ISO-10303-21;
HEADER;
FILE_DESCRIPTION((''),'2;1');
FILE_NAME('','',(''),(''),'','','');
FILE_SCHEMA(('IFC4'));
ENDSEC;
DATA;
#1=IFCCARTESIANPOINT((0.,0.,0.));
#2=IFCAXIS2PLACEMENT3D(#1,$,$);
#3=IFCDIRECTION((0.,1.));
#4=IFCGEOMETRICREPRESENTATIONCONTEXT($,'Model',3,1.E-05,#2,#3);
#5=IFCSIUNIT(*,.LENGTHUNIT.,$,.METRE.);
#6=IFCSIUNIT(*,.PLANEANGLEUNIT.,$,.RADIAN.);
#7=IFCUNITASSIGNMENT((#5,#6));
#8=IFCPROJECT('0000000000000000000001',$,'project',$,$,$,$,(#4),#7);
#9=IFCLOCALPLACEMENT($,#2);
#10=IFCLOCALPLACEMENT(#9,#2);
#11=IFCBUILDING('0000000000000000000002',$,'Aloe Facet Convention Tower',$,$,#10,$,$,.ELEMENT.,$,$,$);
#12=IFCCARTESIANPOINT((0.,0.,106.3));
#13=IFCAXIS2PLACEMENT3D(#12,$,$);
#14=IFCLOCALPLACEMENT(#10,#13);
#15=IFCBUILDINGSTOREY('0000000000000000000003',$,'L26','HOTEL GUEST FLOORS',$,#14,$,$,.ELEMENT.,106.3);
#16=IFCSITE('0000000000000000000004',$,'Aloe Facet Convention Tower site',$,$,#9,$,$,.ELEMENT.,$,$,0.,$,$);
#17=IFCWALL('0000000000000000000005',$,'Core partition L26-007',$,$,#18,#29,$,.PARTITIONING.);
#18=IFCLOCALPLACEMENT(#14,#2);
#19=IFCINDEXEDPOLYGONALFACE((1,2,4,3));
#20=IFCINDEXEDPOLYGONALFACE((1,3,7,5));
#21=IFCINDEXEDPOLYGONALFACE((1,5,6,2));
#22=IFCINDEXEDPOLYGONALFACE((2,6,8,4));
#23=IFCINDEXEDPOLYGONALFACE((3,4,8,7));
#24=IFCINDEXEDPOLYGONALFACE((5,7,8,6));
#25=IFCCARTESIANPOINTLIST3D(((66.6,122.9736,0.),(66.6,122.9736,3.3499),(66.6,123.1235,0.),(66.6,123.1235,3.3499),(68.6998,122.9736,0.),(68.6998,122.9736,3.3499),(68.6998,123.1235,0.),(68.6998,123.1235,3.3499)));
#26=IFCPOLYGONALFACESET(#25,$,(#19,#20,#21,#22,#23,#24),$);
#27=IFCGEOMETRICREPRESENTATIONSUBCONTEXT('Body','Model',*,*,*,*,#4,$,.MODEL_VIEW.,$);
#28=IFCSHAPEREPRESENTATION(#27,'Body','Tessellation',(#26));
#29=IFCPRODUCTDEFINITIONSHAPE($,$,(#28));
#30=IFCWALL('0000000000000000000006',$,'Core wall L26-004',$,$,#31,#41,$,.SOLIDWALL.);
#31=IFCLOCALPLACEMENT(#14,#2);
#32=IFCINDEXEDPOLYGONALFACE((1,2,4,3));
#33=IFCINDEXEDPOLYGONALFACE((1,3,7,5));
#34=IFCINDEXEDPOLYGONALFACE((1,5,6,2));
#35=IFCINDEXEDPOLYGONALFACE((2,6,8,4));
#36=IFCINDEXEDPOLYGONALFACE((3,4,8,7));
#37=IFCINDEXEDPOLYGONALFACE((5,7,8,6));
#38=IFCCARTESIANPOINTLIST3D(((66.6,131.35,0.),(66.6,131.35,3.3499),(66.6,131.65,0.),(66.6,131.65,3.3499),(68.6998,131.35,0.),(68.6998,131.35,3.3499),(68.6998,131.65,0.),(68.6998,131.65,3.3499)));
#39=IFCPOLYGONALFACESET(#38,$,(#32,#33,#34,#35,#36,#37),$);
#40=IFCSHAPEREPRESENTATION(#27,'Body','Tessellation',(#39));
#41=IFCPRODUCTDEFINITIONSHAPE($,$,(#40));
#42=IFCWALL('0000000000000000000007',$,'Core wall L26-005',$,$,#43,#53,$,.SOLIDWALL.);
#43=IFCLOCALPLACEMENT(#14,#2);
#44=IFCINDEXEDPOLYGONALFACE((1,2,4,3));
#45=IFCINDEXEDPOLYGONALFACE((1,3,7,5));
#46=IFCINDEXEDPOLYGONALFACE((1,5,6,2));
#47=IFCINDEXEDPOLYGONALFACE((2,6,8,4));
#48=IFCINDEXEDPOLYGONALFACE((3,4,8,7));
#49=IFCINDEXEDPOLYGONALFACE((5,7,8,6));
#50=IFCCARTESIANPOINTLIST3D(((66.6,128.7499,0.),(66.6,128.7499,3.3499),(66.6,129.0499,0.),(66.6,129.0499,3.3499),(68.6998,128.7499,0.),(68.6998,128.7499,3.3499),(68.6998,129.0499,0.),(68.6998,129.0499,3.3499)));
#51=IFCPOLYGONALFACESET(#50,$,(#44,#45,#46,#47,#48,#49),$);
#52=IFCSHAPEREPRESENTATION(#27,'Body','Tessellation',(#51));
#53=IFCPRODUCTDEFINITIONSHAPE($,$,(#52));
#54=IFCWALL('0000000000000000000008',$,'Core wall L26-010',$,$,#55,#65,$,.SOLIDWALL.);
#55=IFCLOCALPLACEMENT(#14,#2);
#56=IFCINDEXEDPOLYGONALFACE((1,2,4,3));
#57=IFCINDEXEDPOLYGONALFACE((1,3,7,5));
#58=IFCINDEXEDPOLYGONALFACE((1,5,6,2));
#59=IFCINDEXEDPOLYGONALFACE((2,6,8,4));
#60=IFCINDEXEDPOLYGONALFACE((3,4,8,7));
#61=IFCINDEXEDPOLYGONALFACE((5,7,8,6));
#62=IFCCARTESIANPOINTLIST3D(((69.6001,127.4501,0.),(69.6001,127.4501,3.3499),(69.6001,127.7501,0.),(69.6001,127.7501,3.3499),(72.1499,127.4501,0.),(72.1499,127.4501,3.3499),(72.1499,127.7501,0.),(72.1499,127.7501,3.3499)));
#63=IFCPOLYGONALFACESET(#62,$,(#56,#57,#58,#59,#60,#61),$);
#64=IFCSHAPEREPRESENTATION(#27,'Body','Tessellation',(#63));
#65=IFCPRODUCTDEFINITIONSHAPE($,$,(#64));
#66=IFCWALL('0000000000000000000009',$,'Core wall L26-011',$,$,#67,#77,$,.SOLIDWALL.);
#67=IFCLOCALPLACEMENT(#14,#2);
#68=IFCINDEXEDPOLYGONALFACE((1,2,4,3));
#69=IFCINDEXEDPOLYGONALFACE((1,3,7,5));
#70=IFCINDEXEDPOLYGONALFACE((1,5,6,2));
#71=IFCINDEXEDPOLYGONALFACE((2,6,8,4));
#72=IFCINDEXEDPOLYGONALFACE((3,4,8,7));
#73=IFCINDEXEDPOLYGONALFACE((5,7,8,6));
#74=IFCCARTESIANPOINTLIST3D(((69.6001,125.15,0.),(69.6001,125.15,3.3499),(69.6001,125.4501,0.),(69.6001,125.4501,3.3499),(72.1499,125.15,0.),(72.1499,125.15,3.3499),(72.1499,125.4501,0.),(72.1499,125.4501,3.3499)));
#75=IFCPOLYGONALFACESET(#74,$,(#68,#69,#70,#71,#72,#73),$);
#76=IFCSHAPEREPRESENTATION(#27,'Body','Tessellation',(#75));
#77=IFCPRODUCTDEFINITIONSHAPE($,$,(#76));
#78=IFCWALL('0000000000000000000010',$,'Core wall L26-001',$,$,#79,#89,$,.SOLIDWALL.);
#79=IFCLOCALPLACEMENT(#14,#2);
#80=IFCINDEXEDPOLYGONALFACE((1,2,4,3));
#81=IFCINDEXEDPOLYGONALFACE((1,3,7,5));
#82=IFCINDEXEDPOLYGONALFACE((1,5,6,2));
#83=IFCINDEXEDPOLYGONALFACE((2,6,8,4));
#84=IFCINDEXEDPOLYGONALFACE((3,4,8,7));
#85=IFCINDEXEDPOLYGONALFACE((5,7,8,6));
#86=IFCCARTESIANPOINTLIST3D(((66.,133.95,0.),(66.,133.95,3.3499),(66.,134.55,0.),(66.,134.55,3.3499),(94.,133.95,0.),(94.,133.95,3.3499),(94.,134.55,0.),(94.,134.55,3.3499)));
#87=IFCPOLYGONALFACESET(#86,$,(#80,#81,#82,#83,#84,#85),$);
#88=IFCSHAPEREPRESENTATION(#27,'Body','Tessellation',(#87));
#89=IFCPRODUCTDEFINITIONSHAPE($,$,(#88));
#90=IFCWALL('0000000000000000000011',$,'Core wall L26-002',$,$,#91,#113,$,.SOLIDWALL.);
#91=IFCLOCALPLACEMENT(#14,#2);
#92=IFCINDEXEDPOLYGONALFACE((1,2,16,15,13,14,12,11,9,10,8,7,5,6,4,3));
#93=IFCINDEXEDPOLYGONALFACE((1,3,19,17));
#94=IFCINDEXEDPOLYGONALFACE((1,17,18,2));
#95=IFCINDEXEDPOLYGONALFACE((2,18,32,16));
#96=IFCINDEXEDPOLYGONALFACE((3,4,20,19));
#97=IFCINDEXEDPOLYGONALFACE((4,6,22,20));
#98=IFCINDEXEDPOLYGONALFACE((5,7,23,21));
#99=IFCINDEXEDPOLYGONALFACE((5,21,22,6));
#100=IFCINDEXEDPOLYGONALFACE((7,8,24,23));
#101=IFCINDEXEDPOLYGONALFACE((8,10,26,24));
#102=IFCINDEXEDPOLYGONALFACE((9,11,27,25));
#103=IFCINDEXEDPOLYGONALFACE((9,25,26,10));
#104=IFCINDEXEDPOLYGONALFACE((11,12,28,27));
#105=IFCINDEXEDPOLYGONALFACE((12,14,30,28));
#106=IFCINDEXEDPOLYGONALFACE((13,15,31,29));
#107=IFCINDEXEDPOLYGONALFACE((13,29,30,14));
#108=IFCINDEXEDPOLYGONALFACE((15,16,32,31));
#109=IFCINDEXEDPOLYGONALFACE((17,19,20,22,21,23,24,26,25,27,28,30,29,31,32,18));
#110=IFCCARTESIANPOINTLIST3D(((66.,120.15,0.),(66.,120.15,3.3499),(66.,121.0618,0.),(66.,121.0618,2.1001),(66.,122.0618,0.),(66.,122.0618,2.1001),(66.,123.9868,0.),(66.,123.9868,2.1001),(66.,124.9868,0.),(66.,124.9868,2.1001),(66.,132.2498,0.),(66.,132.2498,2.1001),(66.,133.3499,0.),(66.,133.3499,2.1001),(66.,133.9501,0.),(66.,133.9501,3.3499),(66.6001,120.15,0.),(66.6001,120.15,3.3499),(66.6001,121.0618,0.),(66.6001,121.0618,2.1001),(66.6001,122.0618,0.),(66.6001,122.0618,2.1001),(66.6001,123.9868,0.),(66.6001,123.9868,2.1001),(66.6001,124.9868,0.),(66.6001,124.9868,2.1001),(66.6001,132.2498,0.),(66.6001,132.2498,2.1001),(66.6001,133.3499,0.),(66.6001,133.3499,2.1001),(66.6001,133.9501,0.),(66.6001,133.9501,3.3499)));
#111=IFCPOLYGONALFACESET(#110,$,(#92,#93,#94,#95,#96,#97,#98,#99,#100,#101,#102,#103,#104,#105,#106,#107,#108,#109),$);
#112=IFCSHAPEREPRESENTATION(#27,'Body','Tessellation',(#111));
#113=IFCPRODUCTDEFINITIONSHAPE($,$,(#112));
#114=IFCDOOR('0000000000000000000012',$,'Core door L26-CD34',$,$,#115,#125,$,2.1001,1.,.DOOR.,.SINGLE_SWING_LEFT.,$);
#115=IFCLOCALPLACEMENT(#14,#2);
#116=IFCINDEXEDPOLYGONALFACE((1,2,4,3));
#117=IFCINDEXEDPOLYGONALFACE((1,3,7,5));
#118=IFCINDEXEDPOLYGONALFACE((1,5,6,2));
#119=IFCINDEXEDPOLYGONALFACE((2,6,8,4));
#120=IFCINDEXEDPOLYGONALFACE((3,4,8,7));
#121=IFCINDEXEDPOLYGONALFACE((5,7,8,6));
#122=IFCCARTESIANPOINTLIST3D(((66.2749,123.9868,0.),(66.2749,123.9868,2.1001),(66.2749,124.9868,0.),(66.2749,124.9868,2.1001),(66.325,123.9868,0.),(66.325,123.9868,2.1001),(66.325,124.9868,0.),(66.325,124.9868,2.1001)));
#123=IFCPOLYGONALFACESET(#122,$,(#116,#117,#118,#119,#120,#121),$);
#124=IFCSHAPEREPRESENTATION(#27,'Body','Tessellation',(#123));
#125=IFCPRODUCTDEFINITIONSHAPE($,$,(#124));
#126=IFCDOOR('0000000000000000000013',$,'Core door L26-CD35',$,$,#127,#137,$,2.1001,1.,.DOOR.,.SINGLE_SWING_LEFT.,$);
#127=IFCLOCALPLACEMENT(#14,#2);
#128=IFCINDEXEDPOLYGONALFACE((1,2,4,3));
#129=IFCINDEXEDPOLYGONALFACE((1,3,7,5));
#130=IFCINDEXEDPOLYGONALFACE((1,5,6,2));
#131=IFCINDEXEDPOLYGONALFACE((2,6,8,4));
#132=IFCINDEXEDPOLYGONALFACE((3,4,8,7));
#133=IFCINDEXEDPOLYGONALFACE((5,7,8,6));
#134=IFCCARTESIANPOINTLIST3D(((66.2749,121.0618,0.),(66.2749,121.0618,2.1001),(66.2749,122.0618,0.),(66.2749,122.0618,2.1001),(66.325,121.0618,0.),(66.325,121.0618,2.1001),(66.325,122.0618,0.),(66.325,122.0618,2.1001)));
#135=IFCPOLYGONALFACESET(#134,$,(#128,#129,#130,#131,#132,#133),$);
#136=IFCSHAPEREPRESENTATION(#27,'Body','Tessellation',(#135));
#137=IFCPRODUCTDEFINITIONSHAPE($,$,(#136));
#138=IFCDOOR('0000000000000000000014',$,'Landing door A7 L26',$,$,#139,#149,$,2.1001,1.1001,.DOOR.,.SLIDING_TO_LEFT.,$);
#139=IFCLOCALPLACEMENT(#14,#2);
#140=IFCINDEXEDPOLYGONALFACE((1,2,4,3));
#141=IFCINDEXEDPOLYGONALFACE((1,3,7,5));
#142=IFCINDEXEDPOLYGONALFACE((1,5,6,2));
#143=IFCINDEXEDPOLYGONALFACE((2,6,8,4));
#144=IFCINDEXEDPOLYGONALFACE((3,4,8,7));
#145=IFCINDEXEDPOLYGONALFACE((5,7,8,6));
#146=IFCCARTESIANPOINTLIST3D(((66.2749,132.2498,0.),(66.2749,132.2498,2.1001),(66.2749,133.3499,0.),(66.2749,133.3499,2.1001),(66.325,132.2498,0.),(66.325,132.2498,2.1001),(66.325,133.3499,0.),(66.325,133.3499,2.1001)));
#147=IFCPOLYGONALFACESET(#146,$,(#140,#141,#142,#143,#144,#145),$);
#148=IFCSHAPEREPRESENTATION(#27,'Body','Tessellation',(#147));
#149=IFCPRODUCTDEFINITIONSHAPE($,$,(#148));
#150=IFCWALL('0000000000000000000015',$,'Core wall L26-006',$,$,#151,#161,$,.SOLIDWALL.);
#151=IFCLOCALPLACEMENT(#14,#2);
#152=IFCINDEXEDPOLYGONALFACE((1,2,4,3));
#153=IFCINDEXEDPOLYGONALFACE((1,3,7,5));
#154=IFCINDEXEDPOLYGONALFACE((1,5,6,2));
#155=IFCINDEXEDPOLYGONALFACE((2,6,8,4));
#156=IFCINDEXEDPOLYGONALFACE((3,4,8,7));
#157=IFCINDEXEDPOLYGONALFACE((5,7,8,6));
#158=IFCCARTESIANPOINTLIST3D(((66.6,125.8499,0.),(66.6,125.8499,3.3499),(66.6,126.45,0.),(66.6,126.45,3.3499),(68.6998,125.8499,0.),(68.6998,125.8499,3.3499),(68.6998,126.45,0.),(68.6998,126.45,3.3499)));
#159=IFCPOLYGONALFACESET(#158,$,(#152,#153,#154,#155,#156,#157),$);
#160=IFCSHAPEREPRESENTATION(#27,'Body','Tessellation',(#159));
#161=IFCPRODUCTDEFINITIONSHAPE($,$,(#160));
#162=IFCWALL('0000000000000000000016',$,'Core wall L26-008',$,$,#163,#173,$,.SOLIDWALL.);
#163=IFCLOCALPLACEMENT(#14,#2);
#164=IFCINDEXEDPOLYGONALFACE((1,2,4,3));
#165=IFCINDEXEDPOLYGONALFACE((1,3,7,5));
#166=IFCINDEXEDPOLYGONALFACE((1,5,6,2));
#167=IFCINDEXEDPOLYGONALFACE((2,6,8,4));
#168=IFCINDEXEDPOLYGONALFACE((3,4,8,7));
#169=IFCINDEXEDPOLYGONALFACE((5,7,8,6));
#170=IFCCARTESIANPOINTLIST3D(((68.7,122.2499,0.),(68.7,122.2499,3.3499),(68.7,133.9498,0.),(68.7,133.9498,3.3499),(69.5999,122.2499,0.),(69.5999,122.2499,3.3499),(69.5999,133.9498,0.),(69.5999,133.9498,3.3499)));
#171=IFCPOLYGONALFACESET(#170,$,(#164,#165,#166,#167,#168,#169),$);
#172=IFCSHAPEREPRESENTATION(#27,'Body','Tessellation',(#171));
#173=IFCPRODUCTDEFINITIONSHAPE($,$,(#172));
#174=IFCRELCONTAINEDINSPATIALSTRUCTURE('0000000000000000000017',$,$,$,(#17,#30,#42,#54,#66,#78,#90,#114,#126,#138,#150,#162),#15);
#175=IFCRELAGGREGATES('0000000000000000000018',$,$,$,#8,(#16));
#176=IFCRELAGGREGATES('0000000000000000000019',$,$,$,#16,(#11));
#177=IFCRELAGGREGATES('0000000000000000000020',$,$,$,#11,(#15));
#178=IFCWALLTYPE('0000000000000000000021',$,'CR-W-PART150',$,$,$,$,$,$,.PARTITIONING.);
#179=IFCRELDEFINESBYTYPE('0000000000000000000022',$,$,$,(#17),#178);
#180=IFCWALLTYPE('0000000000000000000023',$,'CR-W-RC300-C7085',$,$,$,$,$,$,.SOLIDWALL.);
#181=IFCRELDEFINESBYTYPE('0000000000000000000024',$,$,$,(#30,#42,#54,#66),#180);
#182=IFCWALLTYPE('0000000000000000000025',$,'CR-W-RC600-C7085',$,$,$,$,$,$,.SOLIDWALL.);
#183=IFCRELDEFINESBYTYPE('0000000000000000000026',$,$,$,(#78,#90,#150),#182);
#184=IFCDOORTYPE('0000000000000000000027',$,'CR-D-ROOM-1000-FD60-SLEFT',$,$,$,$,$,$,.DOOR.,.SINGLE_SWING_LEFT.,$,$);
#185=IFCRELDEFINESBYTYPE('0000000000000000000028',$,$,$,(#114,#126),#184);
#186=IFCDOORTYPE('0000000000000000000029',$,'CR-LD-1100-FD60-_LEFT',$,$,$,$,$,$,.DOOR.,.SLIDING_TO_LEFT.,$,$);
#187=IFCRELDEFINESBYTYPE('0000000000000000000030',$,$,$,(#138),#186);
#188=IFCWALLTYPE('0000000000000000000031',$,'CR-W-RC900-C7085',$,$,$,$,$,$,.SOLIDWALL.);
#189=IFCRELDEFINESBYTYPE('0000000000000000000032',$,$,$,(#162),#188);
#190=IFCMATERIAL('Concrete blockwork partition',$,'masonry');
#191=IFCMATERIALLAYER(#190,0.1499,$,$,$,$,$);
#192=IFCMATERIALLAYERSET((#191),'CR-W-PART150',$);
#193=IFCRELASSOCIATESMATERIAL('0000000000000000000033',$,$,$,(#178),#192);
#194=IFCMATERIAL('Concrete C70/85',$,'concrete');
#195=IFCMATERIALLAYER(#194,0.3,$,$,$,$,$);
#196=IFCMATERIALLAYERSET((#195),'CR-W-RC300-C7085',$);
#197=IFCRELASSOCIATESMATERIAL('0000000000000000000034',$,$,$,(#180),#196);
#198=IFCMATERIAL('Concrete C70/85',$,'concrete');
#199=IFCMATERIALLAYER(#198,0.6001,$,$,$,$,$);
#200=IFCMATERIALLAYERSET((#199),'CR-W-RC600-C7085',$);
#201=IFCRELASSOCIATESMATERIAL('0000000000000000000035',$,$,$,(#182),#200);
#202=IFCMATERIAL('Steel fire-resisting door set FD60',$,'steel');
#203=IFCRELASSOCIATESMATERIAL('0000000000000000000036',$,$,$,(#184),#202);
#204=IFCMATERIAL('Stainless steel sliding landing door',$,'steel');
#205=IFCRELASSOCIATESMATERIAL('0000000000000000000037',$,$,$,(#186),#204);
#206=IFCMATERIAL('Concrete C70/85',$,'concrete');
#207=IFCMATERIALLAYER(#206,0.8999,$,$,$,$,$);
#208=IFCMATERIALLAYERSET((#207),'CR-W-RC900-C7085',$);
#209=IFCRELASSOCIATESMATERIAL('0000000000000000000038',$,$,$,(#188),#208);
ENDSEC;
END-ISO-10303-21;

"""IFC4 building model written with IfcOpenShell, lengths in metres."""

from ifc_helpers import new_model, si_unit, direction, frame, frame_2d, origin, place, context, subcontext, project, spatial, rectangle, extrude, material, layer, layer_set, type_object, element, fill, save


model = new_model("IFC4")

# Units and contexts
model_context = context("Model", 3, precision=1e-05, world=origin(), true_north=direction((0.0, 1.0)))
body_context = subcontext(model_context, "Body", "Model", "MODEL_VIEW")
ifc_project = project(units=[si_unit("LENGTHUNIT", "METRE"), si_unit("PLANEANGLEUNIT", "RADIAN")], contexts=[model_context])

# Site, building, storey
site_placement = place(None, origin())
site = spatial("IfcSite", under=ifc_project, at=site_placement, Name="Aloe Facet Convention Tower site", CompositionType="ELEMENT", RefElevation=0.0)
building_placement = place(site_placement, origin())
building = spatial("IfcBuilding", under=site, at=building_placement, Name="Aloe Facet Convention Tower", CompositionType="ELEMENT")
storey_placement = place(building_placement, frame((0.0, 0.0, 106.3)))
storey = spatial("IfcBuildingStorey", under=building, at=storey_placement, Name="L26", Description="HOTEL GUEST FLOORS", CompositionType="ELEMENT", Elevation=106.3)

# Walls
ifc_material_1 = material(Name="Concrete blockwork partition", Category="masonry")
ifc_layer_1 = layer(ifc_material_1, 0.1499)
ifc_layer_set_1 = layer_set([ifc_layer_1], Name="CR-W-PART150")
wall_type_1 = type_object("IfcWallType", Name="CR-W-PART150", PredefinedType="PARTITIONING", material=ifc_layer_set_1)
wall_1_placement = place(storey_placement, frame((66.6001, 123.0486, 0.0), z_axis=(0.0, 0.0, 1.0), x_axis=(1.0, 0.0, 0.0)))
element("IfcWall", 1, at=wall_1_placement, inside=storey, type_object=wall_type_1, Name="Core partition L26-007", PredefinedType="PARTITIONING", context=body_context, shape_type="SweptSolid", body=[
    extrude(rectangle(XDim=2.0999, YDim=0.1499, at=frame_2d((1.0498, 0.0))), origin(), (0.0, 0.0, 1.0), 3.3499),
])
ifc_material_2 = material(Name="Concrete C70/85", Category="concrete")
ifc_layer_2 = layer(ifc_material_2, 0.3)
ifc_layer_set_2 = layer_set([ifc_layer_2], Name="CR-W-RC300-C7085")
wall_type_2 = type_object("IfcWallType", Name="CR-W-RC300-C7085", PredefinedType="SOLIDWALL", material=ifc_layer_set_2)
for number, where, z_axis, x_axis, name in (
    (2, (66.6001, 131.5, 0.0), (0.0, 0.0, 1.0), (1.0, 0.0, 0.0), "Core wall L26-004"),
    (3, (66.6001, 128.8999, 0.0), (0.0, 0.0, 1.0), (1.0, 0.0, 0.0), "Core wall L26-005"),
):
    element("IfcWall", number, at=place(storey_placement, frame(where, z_axis=z_axis, x_axis=x_axis)), inside=storey, type_object=wall_type_2, Name=name, PredefinedType="SOLIDWALL", context=body_context, shape_type="SweptSolid", body=[
        extrude(rectangle(XDim=2.0999, YDim=0.3, at=frame_2d((1.0498, 0.0))), origin(), (0.0, 0.0, 1.0), 3.3499),
    ])
for number, where, z_axis, x_axis, name in (
    (4, (69.6001, 127.6001, 0.0), (0.0, 0.0, 1.0), (1.0, 0.0, 0.0), "Core wall L26-010"),
    (5, (69.6001, 125.3, 0.0), (0.0, 0.0, 1.0), (1.0, 0.0, 0.0), "Core wall L26-011"),
):
    element("IfcWall", number, at=place(storey_placement, frame(where, z_axis=z_axis, x_axis=x_axis)), inside=storey, type_object=wall_type_2, Name=name, PredefinedType="SOLIDWALL", context=body_context, shape_type="SweptSolid", body=[
        extrude(rectangle(XDim=2.5498, YDim=0.3, at=frame_2d((1.2749, 0.0))), origin(), (0.0, 0.0, 1.0), 3.3499),
    ])
ifc_material_3 = material(Name="Concrete C70/85", Category="concrete")
ifc_layer_3 = layer(ifc_material_3, 0.6001)
ifc_layer_set_3 = layer_set([ifc_layer_3], Name="CR-W-RC600-C7085")
wall_type_3 = type_object("IfcWallType", Name="CR-W-RC600-C7085", PredefinedType="SOLIDWALL", material=ifc_layer_set_3)
wall_2_placement = place(storey_placement, frame((66.0, 134.25, 0.0), z_axis=(0.0, 0.0, 1.0), x_axis=(1.0, 0.0, 0.0)))
element("IfcWall", 6, at=wall_2_placement, inside=storey, type_object=wall_type_3, Name="Core wall L26-001", PredefinedType="SOLIDWALL", context=body_context, shape_type="SweptSolid", body=[
    extrude(rectangle(XDim=28.0, YDim=0.6001, at=frame_2d((14.0, 0.0))), origin(), (0.0, 0.0, 1.0), 3.3499),
])

# Wall, openings, doors
wall_3_placement = place(storey_placement, frame((66.3, 133.95, 0.0), z_axis=(0.0, 0.0, 1.0), x_axis=(0.0, -1.0, 0.0)))
wall_3 = element("IfcWall", 7, at=wall_3_placement, inside=storey, type_object=wall_type_3, Name="Core wall L26-002", PredefinedType="SOLIDWALL", context=body_context, shape_type="SweptSolid", body=[
    extrude(rectangle(XDim=13.8, YDim=0.6001, at=frame_2d((6.8999, 0.0))), origin(), (0.0, 0.0, 1.0), 3.3499),
])
opening_1_placement = place(wall_3_placement, frame((0.6001, 0.0, 0.0)))
opening_1 = element("IfcOpeningElement", 8, at=opening_1_placement, cuts=wall_3, PredefinedType="OPENING", context=body_context, shape_type="SweptSolid", body=[
    extrude(rectangle(XDim=1.1001, YDim=2.1001, at=frame_2d((0.55, 1.05))), frame((0.0, 0.3101, 0.0), z_axis=(0.0, -1.0, 0.0), x_axis=(1.0, 0.0, 0.0)), (0.0, 0.0, 1.0), 0.6201),
])
opening_2_placement = place(wall_3_placement, frame((8.9631, 0.0, 0.0)))
opening_2 = element("IfcOpeningElement", 9, at=opening_2_placement, cuts=wall_3, PredefinedType="OPENING", context=body_context, shape_type="SweptSolid", body=[
    extrude(rectangle(XDim=1.0, YDim=2.1001, at=frame_2d((0.5, 1.05))), frame((0.0, 0.3101, 0.0), z_axis=(0.0, -1.0, 0.0), x_axis=(1.0, 0.0, 0.0)), (0.0, 0.0, 1.0), 0.6201),
])
opening_3_placement = place(wall_3_placement, frame((11.8882, 0.0, 0.0)))
opening_3 = element("IfcOpeningElement", 10, at=opening_3_placement, cuts=wall_3, PredefinedType="OPENING", context=body_context, shape_type="SweptSolid", body=[
    extrude(rectangle(XDim=1.0, YDim=2.1001, at=frame_2d((0.5, 1.05))), frame((0.0, 0.3101, 0.0), z_axis=(0.0, -1.0, 0.0), x_axis=(1.0, 0.0, 0.0)), (0.0, 0.0, 1.0), 0.6201),
])
ifc_material_4 = material(Name="Steel fire-resisting door set FD60", Category="steel")
door_type_1 = type_object("IfcDoorType", Name="CR-D-ROOM-1000-FD60-SLEFT", OperationType="SINGLE_SWING_LEFT", PredefinedType="DOOR", material=ifc_material_4)
door_1_placement = place(opening_2_placement, origin())
door_1 = element("IfcDoor", 11, at=door_1_placement, inside=storey, type_object=door_type_1, Name="Core door L26-CD34", OperationType="SINGLE_SWING_LEFT", OverallHeight=2.1001, OverallWidth=1.0, PredefinedType="DOOR", context=body_context, shape_type="SweptSolid", body=[
    extrude(rectangle(XDim=1.0, YDim=2.1001, at=frame_2d((0.5, 1.05))), frame((0.0, 0.0249, 0.0), z_axis=(0.0, -1.0, 0.0), x_axis=(1.0, 0.0, 0.0)), (0.0, 0.0, 1.0), 0.05),
])
fill(opening_2, door_1)
door_2_placement = place(opening_3_placement, origin())
door_2 = element("IfcDoor", 12, at=door_2_placement, inside=storey, type_object=door_type_1, Name="Core door L26-CD35", OperationType="SINGLE_SWING_LEFT", OverallHeight=2.1001, OverallWidth=1.0, PredefinedType="DOOR", context=body_context, shape_type="SweptSolid", body=[
    extrude(rectangle(XDim=1.0, YDim=2.1001, at=frame_2d((0.5, 1.05))), frame((0.0, 0.0249, 0.0), z_axis=(0.0, -1.0, 0.0), x_axis=(1.0, 0.0, 0.0)), (0.0, 0.0, 1.0), 0.05),
])
fill(opening_3, door_2)
ifc_material_5 = material(Name="Stainless steel sliding landing door", Category="steel")
door_type_2 = type_object("IfcDoorType", Name="CR-LD-1100-FD60-_LEFT", OperationType="SLIDING_TO_LEFT", PredefinedType="DOOR", material=ifc_material_5)
door_3_placement = place(opening_1_placement, origin())
door_3 = element("IfcDoor", 13, at=door_3_placement, inside=storey, type_object=door_type_2, Name="Landing door A7 L26", OperationType="SLIDING_TO_LEFT", OverallHeight=2.1001, OverallWidth=1.1001, PredefinedType="DOOR", context=body_context, shape_type="SweptSolid", body=[
    extrude(rectangle(XDim=1.1001, YDim=2.1001, at=frame_2d((0.55, 1.05))), frame((0.0, 0.0249, 0.0), z_axis=(0.0, -1.0, 0.0), x_axis=(1.0, 0.0, 0.0)), (0.0, 0.0, 1.0), 0.05),
])
fill(opening_1, door_3)

# Walls
wall_4_placement = place(storey_placement, frame((66.6001, 126.1499, 0.0), z_axis=(0.0, 0.0, 1.0), x_axis=(1.0, 0.0, 0.0)))
element("IfcWall", 14, at=wall_4_placement, inside=storey, type_object=wall_type_3, Name="Core wall L26-006", PredefinedType="SOLIDWALL", context=body_context, shape_type="SweptSolid", body=[
    extrude(rectangle(XDim=2.0999, YDim=0.6001, at=frame_2d((1.0498, 0.0))), origin(), (0.0, 0.0, 1.0), 3.3499),
])
ifc_material_6 = material(Name="Concrete C70/85", Category="concrete")
ifc_layer_4 = layer(ifc_material_6, 0.8999)
ifc_layer_set_4 = layer_set([ifc_layer_4], Name="CR-W-RC900-C7085")
wall_type_4 = type_object("IfcWallType", Name="CR-W-RC900-C7085", PredefinedType="SOLIDWALL", material=ifc_layer_set_4)
wall_5_placement = place(storey_placement, frame((69.1499, 133.95, 0.0), z_axis=(0.0, 0.0, 1.0), x_axis=(0.0, -1.0, 0.0)))
element("IfcWall", 15, at=wall_5_placement, inside=storey, type_object=wall_type_4, Name="Core wall L26-008", PredefinedType="SOLIDWALL", context=body_context, shape_type="SweptSolid", body=[
    extrude(rectangle(XDim=11.7, YDim=0.8999, at=frame_2d((5.8501, 0.0))), origin(), (0.0, 0.0, 1.0), 3.3499),
])

save(model, "model.ifc")
